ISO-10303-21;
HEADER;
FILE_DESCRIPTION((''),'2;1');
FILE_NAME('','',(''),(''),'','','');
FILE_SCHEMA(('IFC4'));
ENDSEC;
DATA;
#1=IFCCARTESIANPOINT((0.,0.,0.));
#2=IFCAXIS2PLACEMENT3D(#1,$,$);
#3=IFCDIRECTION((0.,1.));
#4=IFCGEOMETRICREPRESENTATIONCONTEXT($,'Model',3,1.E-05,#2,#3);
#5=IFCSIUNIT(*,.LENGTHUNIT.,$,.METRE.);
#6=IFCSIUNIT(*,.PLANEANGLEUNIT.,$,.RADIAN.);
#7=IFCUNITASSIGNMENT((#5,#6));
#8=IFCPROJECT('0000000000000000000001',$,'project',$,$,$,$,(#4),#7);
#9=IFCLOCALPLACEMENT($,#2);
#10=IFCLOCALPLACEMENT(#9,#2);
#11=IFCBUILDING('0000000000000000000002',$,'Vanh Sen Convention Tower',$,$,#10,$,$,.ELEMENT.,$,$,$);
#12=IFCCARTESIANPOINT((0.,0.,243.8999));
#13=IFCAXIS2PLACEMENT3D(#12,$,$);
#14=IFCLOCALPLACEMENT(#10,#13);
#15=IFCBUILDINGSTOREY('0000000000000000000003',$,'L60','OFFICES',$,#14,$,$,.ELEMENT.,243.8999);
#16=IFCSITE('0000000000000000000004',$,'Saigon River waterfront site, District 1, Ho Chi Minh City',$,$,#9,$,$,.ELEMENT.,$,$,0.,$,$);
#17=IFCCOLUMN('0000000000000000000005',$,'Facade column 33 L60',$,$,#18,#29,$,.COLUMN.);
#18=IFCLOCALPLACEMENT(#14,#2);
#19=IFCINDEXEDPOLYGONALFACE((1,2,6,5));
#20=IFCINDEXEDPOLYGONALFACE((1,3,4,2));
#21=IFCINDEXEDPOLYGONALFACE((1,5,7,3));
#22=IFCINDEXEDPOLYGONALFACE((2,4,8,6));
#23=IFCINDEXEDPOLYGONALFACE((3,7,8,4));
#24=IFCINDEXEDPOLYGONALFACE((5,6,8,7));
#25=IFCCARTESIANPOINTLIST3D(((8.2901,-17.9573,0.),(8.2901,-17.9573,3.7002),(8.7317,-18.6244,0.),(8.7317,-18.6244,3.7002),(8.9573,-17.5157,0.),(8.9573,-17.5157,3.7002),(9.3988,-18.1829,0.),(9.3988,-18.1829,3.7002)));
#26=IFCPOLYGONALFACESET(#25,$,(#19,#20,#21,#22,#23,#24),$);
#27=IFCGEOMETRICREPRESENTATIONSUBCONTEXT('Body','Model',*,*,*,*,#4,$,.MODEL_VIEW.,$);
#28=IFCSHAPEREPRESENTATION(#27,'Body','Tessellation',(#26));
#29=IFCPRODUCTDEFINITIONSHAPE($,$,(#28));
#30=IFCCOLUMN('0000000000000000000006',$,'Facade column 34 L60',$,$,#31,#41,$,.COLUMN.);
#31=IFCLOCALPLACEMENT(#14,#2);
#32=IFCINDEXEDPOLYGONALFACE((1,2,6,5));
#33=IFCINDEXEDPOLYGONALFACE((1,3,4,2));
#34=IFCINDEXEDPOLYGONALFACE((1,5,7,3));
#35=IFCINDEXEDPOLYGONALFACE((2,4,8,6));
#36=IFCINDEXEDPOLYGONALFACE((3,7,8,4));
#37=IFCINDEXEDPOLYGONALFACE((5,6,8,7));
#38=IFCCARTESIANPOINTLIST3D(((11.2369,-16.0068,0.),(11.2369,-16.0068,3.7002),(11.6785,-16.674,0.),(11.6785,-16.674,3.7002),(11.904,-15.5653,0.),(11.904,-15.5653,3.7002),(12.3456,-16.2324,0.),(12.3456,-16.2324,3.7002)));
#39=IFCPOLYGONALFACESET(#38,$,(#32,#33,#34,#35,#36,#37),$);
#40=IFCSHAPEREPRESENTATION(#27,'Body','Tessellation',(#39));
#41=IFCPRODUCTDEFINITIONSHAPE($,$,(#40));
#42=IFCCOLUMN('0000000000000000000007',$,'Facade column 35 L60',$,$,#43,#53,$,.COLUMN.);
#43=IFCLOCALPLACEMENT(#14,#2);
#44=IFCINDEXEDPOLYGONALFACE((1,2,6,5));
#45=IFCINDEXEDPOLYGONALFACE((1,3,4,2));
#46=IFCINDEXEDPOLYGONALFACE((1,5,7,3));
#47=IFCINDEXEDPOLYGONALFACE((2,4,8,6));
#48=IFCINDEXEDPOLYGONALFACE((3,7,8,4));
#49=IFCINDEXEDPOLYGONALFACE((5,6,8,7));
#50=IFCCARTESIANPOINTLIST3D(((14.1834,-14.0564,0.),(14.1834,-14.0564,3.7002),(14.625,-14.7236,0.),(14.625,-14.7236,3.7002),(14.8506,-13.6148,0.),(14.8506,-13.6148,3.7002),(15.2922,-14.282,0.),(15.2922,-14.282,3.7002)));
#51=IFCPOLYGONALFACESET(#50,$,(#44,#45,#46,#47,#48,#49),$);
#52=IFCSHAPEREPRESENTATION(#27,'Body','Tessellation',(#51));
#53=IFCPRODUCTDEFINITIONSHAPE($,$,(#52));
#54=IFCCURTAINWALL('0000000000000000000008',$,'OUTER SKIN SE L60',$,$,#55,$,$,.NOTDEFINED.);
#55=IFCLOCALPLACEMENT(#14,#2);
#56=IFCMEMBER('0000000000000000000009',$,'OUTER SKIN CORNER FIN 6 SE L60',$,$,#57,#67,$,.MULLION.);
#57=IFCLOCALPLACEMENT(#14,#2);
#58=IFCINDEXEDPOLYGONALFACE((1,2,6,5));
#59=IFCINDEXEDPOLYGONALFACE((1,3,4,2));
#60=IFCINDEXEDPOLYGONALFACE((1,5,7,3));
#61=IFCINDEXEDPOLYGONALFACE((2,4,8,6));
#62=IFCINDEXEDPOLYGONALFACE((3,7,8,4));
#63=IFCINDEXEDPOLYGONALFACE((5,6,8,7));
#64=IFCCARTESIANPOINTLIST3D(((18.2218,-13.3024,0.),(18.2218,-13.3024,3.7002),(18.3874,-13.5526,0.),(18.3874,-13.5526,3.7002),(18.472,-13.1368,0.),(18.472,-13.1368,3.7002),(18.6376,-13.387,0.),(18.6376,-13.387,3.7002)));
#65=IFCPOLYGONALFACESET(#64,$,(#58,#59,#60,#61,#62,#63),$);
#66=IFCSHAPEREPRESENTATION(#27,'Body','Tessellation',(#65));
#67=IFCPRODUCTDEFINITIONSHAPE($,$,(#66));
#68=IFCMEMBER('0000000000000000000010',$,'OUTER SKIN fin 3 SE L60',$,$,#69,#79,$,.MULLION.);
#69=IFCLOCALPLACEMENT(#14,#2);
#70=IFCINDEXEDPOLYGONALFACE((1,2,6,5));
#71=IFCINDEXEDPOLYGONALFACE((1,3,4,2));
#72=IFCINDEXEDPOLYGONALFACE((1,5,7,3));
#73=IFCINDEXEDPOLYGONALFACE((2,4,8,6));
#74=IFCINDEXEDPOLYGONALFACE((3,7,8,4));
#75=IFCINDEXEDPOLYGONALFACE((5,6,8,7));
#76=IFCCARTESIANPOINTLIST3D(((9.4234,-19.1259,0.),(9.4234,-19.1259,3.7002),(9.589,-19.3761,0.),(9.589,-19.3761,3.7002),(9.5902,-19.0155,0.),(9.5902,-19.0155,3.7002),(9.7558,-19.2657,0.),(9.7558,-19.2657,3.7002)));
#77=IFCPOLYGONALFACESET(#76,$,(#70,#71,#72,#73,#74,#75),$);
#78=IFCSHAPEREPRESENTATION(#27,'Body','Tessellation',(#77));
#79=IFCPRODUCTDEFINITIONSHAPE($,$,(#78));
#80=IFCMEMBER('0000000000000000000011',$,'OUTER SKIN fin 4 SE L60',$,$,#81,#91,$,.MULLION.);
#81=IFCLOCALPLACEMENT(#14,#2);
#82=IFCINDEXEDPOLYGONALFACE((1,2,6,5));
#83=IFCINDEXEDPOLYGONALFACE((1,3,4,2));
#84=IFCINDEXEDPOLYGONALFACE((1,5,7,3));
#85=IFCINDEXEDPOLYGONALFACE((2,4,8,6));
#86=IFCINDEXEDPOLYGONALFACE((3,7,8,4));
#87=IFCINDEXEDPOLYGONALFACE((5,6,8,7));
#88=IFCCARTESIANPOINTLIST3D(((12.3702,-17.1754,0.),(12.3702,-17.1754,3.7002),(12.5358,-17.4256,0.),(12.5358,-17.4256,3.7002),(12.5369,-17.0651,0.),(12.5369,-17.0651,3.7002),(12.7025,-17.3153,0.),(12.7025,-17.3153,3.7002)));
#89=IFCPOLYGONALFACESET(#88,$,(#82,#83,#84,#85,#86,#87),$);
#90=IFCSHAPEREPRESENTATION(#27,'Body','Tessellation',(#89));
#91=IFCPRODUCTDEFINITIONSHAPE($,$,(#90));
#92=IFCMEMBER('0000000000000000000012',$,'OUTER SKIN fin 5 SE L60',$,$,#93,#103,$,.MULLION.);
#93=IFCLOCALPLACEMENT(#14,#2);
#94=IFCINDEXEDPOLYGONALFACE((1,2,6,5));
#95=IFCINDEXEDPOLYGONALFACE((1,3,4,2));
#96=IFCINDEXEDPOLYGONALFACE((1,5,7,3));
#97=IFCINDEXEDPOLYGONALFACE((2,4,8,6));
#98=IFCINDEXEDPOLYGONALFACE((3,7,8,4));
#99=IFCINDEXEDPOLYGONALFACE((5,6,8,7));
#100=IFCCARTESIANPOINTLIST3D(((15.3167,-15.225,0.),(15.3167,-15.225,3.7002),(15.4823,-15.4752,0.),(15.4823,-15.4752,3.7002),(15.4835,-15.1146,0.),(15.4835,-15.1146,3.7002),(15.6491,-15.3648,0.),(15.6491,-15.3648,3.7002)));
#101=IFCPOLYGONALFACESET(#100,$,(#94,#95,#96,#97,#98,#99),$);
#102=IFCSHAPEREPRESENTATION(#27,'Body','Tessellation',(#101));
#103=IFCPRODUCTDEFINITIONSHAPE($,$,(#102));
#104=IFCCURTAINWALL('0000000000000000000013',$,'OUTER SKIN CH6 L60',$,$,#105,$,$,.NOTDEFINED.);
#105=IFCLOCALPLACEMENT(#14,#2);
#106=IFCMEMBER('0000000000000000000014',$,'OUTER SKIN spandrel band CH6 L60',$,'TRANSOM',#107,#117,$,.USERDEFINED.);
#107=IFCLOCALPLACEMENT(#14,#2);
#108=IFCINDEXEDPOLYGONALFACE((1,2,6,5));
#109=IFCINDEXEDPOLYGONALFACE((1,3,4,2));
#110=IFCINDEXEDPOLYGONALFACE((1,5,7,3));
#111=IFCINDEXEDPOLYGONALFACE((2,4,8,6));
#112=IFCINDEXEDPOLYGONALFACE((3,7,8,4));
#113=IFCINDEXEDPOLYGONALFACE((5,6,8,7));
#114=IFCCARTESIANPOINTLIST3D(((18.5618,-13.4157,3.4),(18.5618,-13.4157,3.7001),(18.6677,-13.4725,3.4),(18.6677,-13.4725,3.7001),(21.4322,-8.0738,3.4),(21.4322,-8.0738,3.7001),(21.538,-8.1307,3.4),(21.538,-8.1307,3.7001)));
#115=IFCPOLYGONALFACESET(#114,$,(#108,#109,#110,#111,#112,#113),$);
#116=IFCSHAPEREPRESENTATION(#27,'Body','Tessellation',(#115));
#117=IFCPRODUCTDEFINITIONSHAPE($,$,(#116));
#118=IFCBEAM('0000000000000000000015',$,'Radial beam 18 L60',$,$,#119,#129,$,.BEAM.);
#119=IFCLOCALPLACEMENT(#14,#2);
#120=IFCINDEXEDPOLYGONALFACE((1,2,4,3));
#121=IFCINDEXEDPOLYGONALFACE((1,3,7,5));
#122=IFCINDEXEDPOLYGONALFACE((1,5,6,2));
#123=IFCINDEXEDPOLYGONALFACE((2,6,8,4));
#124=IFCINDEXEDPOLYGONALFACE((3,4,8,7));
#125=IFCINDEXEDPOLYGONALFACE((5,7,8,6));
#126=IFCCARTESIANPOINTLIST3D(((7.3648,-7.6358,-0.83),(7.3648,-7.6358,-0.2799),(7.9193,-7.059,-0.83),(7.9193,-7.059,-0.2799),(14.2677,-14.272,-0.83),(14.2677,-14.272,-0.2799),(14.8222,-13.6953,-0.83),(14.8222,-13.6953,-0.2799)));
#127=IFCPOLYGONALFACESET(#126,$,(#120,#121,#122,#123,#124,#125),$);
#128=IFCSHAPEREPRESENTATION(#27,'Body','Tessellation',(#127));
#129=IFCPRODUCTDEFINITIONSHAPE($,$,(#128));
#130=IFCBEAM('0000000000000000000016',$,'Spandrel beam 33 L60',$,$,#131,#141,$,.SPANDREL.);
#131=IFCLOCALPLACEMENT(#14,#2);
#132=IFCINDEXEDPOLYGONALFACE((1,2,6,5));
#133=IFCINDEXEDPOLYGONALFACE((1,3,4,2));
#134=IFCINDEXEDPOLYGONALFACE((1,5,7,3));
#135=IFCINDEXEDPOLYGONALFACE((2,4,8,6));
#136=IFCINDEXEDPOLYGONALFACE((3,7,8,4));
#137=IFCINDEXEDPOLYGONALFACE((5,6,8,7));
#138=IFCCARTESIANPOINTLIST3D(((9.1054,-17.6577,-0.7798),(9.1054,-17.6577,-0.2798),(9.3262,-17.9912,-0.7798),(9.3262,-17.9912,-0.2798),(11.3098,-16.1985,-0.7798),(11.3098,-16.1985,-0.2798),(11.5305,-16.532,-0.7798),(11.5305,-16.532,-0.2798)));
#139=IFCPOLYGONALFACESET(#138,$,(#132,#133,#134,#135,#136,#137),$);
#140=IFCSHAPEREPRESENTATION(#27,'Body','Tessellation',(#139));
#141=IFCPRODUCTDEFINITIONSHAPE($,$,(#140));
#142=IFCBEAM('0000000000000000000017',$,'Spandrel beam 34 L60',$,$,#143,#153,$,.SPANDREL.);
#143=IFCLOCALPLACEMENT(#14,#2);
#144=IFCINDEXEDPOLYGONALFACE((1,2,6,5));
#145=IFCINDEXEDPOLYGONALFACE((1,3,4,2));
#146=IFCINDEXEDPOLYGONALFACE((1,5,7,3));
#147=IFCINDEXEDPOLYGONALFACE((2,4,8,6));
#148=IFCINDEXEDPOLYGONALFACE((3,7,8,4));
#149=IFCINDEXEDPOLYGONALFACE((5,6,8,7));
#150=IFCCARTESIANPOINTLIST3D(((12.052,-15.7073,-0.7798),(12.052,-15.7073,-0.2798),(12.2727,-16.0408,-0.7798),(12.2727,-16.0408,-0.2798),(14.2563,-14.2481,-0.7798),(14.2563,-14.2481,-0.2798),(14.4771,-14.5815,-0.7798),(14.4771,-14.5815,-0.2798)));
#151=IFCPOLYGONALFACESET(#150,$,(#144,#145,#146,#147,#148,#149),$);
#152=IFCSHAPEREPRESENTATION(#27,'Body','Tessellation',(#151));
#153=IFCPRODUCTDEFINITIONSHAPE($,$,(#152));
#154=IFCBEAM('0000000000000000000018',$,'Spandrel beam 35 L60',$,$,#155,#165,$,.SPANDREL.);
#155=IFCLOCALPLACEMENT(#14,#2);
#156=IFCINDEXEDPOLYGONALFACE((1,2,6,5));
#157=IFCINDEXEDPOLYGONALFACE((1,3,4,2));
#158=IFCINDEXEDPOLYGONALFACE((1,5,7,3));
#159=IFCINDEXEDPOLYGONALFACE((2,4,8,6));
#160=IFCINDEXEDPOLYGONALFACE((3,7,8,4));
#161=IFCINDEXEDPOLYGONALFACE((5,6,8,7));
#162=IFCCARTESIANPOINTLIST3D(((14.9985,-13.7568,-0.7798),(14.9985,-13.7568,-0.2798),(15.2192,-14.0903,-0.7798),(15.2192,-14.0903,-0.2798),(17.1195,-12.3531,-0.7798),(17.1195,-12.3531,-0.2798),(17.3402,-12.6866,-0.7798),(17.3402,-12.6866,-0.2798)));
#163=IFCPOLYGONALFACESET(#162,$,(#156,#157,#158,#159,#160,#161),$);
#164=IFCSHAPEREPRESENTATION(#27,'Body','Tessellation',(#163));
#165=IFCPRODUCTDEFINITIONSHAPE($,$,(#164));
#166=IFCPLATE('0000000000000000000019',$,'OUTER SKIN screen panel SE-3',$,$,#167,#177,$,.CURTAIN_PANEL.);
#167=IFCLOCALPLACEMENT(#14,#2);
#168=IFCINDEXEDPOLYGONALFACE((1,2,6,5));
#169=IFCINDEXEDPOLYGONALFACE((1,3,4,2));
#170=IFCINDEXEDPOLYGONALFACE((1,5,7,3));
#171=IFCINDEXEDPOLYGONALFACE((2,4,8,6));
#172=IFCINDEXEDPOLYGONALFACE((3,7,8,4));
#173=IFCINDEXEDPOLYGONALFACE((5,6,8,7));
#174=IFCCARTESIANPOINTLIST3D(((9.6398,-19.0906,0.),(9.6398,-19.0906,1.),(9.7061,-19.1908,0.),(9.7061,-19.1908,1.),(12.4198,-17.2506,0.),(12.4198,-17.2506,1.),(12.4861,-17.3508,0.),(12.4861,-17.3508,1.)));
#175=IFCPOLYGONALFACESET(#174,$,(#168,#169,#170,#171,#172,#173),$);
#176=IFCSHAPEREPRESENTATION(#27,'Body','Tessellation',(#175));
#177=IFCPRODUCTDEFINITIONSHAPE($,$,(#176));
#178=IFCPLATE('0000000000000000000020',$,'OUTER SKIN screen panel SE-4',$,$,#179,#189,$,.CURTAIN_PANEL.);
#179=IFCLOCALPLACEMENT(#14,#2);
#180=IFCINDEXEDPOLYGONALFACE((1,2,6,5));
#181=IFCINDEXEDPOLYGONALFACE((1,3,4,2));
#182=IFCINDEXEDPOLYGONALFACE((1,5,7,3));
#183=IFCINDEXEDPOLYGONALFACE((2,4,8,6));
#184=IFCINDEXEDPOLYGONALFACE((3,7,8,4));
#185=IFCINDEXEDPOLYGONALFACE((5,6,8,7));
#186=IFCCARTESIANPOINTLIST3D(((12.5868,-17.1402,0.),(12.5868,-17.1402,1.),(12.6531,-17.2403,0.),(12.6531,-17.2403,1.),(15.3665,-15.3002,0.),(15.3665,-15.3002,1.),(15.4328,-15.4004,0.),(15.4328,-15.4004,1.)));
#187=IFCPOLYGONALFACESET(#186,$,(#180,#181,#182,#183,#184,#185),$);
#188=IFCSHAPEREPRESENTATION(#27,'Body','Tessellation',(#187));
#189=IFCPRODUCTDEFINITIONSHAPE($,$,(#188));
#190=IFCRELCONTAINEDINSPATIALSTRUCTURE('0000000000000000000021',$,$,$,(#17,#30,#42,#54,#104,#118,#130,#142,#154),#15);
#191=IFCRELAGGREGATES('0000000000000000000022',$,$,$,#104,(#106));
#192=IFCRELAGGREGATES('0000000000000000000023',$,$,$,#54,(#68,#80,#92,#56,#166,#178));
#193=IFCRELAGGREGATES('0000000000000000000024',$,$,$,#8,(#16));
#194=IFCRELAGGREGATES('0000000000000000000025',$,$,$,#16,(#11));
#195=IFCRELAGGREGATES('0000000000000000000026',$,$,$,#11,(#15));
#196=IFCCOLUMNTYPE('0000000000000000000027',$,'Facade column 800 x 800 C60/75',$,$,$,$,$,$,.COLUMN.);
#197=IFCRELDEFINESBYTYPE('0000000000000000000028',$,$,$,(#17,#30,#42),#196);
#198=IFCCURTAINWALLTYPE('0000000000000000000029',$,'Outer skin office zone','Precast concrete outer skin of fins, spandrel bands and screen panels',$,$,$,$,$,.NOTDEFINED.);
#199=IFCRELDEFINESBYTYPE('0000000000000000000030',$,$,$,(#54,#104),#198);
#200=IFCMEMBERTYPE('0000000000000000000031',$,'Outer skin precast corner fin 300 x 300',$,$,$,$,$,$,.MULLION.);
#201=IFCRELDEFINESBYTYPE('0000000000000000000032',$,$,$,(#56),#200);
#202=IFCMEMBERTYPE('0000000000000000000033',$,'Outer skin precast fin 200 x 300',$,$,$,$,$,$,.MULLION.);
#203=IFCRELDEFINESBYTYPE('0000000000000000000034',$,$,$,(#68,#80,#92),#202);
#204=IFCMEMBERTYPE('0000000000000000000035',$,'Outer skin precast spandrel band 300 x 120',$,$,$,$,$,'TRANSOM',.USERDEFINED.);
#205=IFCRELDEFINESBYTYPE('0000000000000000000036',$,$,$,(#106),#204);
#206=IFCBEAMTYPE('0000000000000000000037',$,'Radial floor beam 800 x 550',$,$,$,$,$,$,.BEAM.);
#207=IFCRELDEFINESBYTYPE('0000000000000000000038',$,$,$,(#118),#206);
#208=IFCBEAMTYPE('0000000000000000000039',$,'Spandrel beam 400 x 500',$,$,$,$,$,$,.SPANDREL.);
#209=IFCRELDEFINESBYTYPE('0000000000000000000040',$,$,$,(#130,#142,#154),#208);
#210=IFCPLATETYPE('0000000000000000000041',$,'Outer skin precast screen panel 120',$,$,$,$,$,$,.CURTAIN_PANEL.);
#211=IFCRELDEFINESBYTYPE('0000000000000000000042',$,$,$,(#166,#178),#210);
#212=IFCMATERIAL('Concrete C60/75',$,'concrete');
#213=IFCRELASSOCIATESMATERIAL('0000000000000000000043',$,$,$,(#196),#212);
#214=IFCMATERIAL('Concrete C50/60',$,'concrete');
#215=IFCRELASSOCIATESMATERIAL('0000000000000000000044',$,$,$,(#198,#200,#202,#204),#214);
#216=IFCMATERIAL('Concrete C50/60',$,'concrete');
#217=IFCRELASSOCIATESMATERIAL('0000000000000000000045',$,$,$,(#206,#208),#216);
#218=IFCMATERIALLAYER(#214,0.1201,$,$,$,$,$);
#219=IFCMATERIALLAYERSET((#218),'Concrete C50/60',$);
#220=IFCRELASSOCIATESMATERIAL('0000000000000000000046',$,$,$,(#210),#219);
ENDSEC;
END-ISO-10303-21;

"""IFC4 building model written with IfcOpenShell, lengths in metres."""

from ifc_helpers import new_model, si_unit, direction, frame, origin, origin_2d, place, context, subcontext, project, spatial, rectangle, extrude, material, layer, layer_set, material_profile, profile_set, type_object, element, aggregate, save


model = new_model("IFC4")

# Units and contexts
model_context = context("Model", 3, precision=1e-05, world=origin(), true_north=direction((0.0, 1.0)))
body_context = subcontext(model_context, "Body", "Model", "MODEL_VIEW")
ifc_project = project(units=[si_unit("LENGTHUNIT", "METRE"), si_unit("PLANEANGLEUNIT", "RADIAN")], contexts=[model_context])

# Site, building, storey
site_placement = place(None, origin())
site = spatial("IfcSite", under=ifc_project, at=site_placement, Name="Saigon River waterfront site, District 1, Ho Chi Minh City", CompositionType="ELEMENT", RefElevation=0.0)
building_placement = place(site_placement, origin())
building = spatial("IfcBuilding", under=site, at=building_placement, Name="Vanh Sen Convention Tower", CompositionType="ELEMENT")
storey_placement = place(building_placement, frame((0.0, 0.0, 243.8999)))
storey = spatial("IfcBuildingStorey", under=building, at=storey_placement, Name="L60", Description="OFFICES", CompositionType="ELEMENT", Elevation=243.8999)

# Columns
ifc_material_1 = material(Name="Concrete C60/75", Category="concrete")
ifc_material_profile_1 = material_profile(ifc_material_1, rectangle(XDim=0.8, YDim=0.8, at=origin_2d()), Name="RC 800X800")
ifc_profile_set_1 = profile_set([ifc_material_profile_1], Name="Concrete C60/75")
column_type = type_object("IfcColumnType", Name="Facade column 800 x 800 C60/75", PredefinedType="COLUMN", material=ifc_profile_set_1)
for number, where, z_axis, x_axis, name in (
    (1, (8.8445, -18.0701, 0.0), (0.0, 0.0, 1.0), (0.833886, 0.551937, 0.0), "Facade column 33 L60"),
    (2, (11.7913, -16.1196, 0.0), (0.0, 0.0, 1.0), (0.833886, 0.551937, 0.0), "Facade column 34 L60"),
    (3, (14.7378, -14.1692, 0.0), (0.0, 0.0, 1.0), (0.833886, 0.551937, 0.0), "Facade column 35 L60"),
):
    element("IfcColumn", number, at=place(storey_placement, frame(where, z_axis=z_axis, x_axis=x_axis)), inside=storey, type_object=column_type, Name=name, PredefinedType="COLUMN", context=body_context, shape_type="SweptSolid", body=[
        extrude(rectangle(XDim=0.8, YDim=0.8, at=origin_2d()), origin(), (0.0, 0.0, 1.0), 3.7002),
    ])

# Curtain wall, members
ifc_material_2 = material(Name="Concrete C50/60", Category="concrete")
curtain_wall_type = type_object("IfcCurtainWallType", Name="Outer skin office zone", Description="Precast concrete outer skin of fins, spandrel bands and screen panels", PredefinedType="NOTDEFINED", material=ifc_material_2)
curtain_wall_1_placement = place(storey_placement, origin())
curtain_wall_1 = element("IfcCurtainWall", 4, at=curtain_wall_1_placement, inside=storey, type_object=curtain_wall_type, Name="OUTER SKIN SE L60", PredefinedType="NOTDEFINED")
ifc_material_profile_2 = material_profile(ifc_material_2, rectangle(XDim=0.3, YDim=0.3, at=origin_2d()), Name="Outer skin precast corner fin 300 x 300")
ifc_profile_set_2 = profile_set([ifc_material_profile_2], Name="Concrete C50/60")
member_type_1 = type_object("IfcMemberType", Name="Outer skin precast corner fin 300 x 300", PredefinedType="MULLION", material=ifc_profile_set_2)
member_1_placement = place(storey_placement, frame((18.4297, -13.3447, 0.0), z_axis=(0.0, 0.0, 1.0), x_axis=(0.833886, 0.551937, 0.0)))
member_1 = element("IfcMember", 5, at=member_1_placement, type_object=member_type_1, Name="OUTER SKIN CORNER FIN 6 SE L60", PredefinedType="MULLION", context=body_context, shape_type="SweptSolid", body=[
    extrude(rectangle(XDim=0.3, YDim=0.3, at=origin_2d()), origin(), (0.0, 0.0, 1.0), 3.7002),
])
ifc_material_profile_3 = material_profile(ifc_material_2, rectangle(XDim=0.2, YDim=0.3, at=origin_2d()), Name="Outer skin precast fin 200 x 300")
ifc_profile_set_3 = profile_set([ifc_material_profile_3], Name="Concrete C50/60")
member_type_2 = type_object("IfcMemberType", Name="Outer skin precast fin 200 x 300", PredefinedType="MULLION", material=ifc_profile_set_3)
member_2_placement = place(storey_placement, frame((9.5896, -19.1958, 0.0), z_axis=(0.0, 0.0, 1.0), x_axis=(0.833886, 0.551937, 0.0)))
member_2 = element("IfcMember", 6, at=member_2_placement, type_object=member_type_2, Name="OUTER SKIN fin 3 SE L60", PredefinedType="MULLION", context=body_context, shape_type="SweptSolid", body=[
    extrude(rectangle(XDim=0.2, YDim=0.3, at=origin_2d()), origin(), (0.0, 0.0, 1.0), 3.7002),
])
member_3_placement = place(storey_placement, frame((12.5364, -17.2454, 0.0), z_axis=(0.0, 0.0, 1.0), x_axis=(0.833886, 0.551937, 0.0)))
member_3 = element("IfcMember", 7, at=member_3_placement, type_object=member_type_2, Name="OUTER SKIN fin 4 SE L60", PredefinedType="MULLION", context=body_context, shape_type="SweptSolid", body=[
    extrude(rectangle(XDim=0.2, YDim=0.3, at=origin_2d()), origin(), (0.0, 0.0, 1.0), 3.7002),
])
member_4_placement = place(storey_placement, frame((15.4829, -15.2949, 0.0), z_axis=(0.0, 0.0, 1.0), x_axis=(0.833886, 0.551937, 0.0)))
member_4 = element("IfcMember", 8, at=member_4_placement, type_object=member_type_2, Name="OUTER SKIN fin 5 SE L60", PredefinedType="MULLION", context=body_context, shape_type="SweptSolid", body=[
    extrude(rectangle(XDim=0.2, YDim=0.3, at=origin_2d()), origin(), (0.0, 0.0, 1.0), 3.7002),
])

# Curtain wall, member
curtain_wall_2_placement = place(storey_placement, origin())
curtain_wall_2 = element("IfcCurtainWall", 9, at=curtain_wall_2_placement, inside=storey, type_object=curtain_wall_type, Name="OUTER SKIN CH6 L60", PredefinedType="NOTDEFINED")
ifc_material_profile_4 = material_profile(ifc_material_2, rectangle(XDim=0.1201, YDim=0.3, at=origin_2d()), Name="Outer skin precast spandrel band 300 x 120")
ifc_profile_set_4 = profile_set([ifc_material_profile_4], Name="Concrete C50/60")
member_type_3 = type_object("IfcMemberType", Name="Outer skin precast spandrel band 300 x 120", ElementType="TRANSOM", PredefinedType="USERDEFINED", material=ifc_profile_set_4)
member_5_placement = place(storey_placement, frame((18.6147, -13.4441, 3.55), z_axis=(0.473334, 0.880883, 0.0), x_axis=(-0.880883, 0.473334, 0.0)))
member_5 = element("IfcMember", 10, at=member_5_placement, type_object=member_type_3, Name="OUTER SKIN spandrel band CH6 L60", ObjectType="TRANSOM", PredefinedType="USERDEFINED", context=body_context, shape_type="SweptSolid", body=[
    extrude(rectangle(XDim=0.1201, YDim=0.3, at=origin_2d()), origin(), (0.0, 0.0, 1.0), 6.0642),
])
aggregate(curtain_wall_2, [member_5])

# Beams
ifc_material_3 = material(Name="Concrete C50/60", Category="concrete")
ifc_material_profile_5 = material_profile(ifc_material_3, rectangle(XDim=0.8, YDim=0.55, at=origin_2d()), Name="RC 800X550")
ifc_profile_set_5 = profile_set([ifc_material_profile_5], Name="Concrete C50/60")
beam_type_1 = type_object("IfcBeamType", Name="Radial floor beam 800 x 550", PredefinedType="BEAM", material=ifc_profile_set_5)
beam_1_placement = place(storey_placement, frame((14.5449, -13.9836, -0.5549), z_axis=(-0.720891, 0.693049, 0.0), x_axis=(-0.693049, -0.720891, 0.0)))
element("IfcBeam", 11, at=beam_1_placement, inside=storey, type_object=beam_type_1, Name="Radial beam 18 L60", PredefinedType="BEAM", context=body_context, shape_type="SweptSolid", body=[
    extrude(rectangle(XDim=0.8, YDim=0.55, at=origin_2d()), origin(), (0.0, 0.0, 1.0), 9.5754),
])
ifc_material_profile_6 = material_profile(ifc_material_3, rectangle(XDim=0.3999, YDim=0.5, at=origin_2d()), Name="RC 400X500")
ifc_profile_set_6 = profile_set([ifc_material_profile_6], Name="Concrete C50/60")
beam_type_2 = type_object("IfcBeamType", Name="Spandrel beam 400 x 500", PredefinedType="SPANDREL", material=ifc_profile_set_6)
for number, where, z_axis, x_axis, name in (
    (12, (9.2158, -17.8245, -0.5298), (0.83385, 0.551991, 0.0), (-0.551991, 0.83385, 0.0), "Spandrel beam 33 L60"),
    (13, (12.1624, -15.874, -0.5298), (0.83385, 0.551991, 0.0), (-0.551991, 0.83385, 0.0), "Spandrel beam 34 L60"),
):
    element("IfcBeam", number, at=place(storey_placement, frame(where, z_axis=z_axis, x_axis=x_axis)), inside=storey, type_object=beam_type_2, Name=name, PredefinedType="SPANDREL", context=body_context, shape_type="SweptSolid", body=[
        extrude(rectangle(XDim=0.3999, YDim=0.5, at=origin_2d()), origin(), (0.0, 0.0, 1.0), 2.6436),
    ])
beam_2_placement = place(storey_placement, frame((15.1089, -13.9236, -0.5298), z_axis=(0.833906, 0.551906, 0.0), x_axis=(-0.551906, 0.833906, 0.0)))
element("IfcBeam", 14, at=beam_2_placement, inside=storey, type_object=beam_type_2, Name="Spandrel beam 35 L60", PredefinedType="SPANDREL", context=body_context, shape_type="SweptSolid", body=[
    extrude(rectangle(XDim=0.3999, YDim=0.5, at=origin_2d()), origin(), (0.0, 0.0, 1.0), 2.5435),
])

# Plates
ifc_layer_1 = layer(ifc_material_2, 0.1201)
ifc_layer_set_1 = layer_set([ifc_layer_1], Name="Concrete C50/60")
plate_type = type_object("IfcPlateType", Name="Outer skin precast screen panel 120", PredefinedType="CURTAIN_PANEL", material=ifc_layer_set_1)
plate_1_placement = place(storey_placement, frame((11.063, -18.2207, 0.0), z_axis=(0.0, 0.0, 1.0), x_axis=(0.833896, 0.551921, 0.0)))
plate_1 = element("IfcPlate", 15, at=plate_1_placement, type_object=plate_type, Name="OUTER SKIN screen panel SE-3", PredefinedType="CURTAIN_PANEL", context=body_context, shape_type="SweptSolid", body=[
    extrude(rectangle(XDim=3.3337, YDim=0.1201, at=origin_2d()), origin(), (0.0, 0.0, 1.0), 1.0),
])
plate_2_placement = place(storey_placement, frame((14.0098, -16.2703, 0.0), z_axis=(0.0, 0.0, 1.0), x_axis=(0.833874, 0.551954, 0.0)))
plate_2 = element("IfcPlate", 16, at=plate_2_placement, type_object=plate_type, Name="OUTER SKIN screen panel SE-4", PredefinedType="CURTAIN_PANEL", context=body_context, shape_type="SweptSolid", body=[
    extrude(rectangle(XDim=3.3335, YDim=0.1201, at=origin_2d()), origin(), (0.0, 0.0, 1.0), 1.0),
])
aggregate(curtain_wall_1, [member_2, member_3, member_4, member_1, plate_1, plate_2])

save(model, "model.ifc")
